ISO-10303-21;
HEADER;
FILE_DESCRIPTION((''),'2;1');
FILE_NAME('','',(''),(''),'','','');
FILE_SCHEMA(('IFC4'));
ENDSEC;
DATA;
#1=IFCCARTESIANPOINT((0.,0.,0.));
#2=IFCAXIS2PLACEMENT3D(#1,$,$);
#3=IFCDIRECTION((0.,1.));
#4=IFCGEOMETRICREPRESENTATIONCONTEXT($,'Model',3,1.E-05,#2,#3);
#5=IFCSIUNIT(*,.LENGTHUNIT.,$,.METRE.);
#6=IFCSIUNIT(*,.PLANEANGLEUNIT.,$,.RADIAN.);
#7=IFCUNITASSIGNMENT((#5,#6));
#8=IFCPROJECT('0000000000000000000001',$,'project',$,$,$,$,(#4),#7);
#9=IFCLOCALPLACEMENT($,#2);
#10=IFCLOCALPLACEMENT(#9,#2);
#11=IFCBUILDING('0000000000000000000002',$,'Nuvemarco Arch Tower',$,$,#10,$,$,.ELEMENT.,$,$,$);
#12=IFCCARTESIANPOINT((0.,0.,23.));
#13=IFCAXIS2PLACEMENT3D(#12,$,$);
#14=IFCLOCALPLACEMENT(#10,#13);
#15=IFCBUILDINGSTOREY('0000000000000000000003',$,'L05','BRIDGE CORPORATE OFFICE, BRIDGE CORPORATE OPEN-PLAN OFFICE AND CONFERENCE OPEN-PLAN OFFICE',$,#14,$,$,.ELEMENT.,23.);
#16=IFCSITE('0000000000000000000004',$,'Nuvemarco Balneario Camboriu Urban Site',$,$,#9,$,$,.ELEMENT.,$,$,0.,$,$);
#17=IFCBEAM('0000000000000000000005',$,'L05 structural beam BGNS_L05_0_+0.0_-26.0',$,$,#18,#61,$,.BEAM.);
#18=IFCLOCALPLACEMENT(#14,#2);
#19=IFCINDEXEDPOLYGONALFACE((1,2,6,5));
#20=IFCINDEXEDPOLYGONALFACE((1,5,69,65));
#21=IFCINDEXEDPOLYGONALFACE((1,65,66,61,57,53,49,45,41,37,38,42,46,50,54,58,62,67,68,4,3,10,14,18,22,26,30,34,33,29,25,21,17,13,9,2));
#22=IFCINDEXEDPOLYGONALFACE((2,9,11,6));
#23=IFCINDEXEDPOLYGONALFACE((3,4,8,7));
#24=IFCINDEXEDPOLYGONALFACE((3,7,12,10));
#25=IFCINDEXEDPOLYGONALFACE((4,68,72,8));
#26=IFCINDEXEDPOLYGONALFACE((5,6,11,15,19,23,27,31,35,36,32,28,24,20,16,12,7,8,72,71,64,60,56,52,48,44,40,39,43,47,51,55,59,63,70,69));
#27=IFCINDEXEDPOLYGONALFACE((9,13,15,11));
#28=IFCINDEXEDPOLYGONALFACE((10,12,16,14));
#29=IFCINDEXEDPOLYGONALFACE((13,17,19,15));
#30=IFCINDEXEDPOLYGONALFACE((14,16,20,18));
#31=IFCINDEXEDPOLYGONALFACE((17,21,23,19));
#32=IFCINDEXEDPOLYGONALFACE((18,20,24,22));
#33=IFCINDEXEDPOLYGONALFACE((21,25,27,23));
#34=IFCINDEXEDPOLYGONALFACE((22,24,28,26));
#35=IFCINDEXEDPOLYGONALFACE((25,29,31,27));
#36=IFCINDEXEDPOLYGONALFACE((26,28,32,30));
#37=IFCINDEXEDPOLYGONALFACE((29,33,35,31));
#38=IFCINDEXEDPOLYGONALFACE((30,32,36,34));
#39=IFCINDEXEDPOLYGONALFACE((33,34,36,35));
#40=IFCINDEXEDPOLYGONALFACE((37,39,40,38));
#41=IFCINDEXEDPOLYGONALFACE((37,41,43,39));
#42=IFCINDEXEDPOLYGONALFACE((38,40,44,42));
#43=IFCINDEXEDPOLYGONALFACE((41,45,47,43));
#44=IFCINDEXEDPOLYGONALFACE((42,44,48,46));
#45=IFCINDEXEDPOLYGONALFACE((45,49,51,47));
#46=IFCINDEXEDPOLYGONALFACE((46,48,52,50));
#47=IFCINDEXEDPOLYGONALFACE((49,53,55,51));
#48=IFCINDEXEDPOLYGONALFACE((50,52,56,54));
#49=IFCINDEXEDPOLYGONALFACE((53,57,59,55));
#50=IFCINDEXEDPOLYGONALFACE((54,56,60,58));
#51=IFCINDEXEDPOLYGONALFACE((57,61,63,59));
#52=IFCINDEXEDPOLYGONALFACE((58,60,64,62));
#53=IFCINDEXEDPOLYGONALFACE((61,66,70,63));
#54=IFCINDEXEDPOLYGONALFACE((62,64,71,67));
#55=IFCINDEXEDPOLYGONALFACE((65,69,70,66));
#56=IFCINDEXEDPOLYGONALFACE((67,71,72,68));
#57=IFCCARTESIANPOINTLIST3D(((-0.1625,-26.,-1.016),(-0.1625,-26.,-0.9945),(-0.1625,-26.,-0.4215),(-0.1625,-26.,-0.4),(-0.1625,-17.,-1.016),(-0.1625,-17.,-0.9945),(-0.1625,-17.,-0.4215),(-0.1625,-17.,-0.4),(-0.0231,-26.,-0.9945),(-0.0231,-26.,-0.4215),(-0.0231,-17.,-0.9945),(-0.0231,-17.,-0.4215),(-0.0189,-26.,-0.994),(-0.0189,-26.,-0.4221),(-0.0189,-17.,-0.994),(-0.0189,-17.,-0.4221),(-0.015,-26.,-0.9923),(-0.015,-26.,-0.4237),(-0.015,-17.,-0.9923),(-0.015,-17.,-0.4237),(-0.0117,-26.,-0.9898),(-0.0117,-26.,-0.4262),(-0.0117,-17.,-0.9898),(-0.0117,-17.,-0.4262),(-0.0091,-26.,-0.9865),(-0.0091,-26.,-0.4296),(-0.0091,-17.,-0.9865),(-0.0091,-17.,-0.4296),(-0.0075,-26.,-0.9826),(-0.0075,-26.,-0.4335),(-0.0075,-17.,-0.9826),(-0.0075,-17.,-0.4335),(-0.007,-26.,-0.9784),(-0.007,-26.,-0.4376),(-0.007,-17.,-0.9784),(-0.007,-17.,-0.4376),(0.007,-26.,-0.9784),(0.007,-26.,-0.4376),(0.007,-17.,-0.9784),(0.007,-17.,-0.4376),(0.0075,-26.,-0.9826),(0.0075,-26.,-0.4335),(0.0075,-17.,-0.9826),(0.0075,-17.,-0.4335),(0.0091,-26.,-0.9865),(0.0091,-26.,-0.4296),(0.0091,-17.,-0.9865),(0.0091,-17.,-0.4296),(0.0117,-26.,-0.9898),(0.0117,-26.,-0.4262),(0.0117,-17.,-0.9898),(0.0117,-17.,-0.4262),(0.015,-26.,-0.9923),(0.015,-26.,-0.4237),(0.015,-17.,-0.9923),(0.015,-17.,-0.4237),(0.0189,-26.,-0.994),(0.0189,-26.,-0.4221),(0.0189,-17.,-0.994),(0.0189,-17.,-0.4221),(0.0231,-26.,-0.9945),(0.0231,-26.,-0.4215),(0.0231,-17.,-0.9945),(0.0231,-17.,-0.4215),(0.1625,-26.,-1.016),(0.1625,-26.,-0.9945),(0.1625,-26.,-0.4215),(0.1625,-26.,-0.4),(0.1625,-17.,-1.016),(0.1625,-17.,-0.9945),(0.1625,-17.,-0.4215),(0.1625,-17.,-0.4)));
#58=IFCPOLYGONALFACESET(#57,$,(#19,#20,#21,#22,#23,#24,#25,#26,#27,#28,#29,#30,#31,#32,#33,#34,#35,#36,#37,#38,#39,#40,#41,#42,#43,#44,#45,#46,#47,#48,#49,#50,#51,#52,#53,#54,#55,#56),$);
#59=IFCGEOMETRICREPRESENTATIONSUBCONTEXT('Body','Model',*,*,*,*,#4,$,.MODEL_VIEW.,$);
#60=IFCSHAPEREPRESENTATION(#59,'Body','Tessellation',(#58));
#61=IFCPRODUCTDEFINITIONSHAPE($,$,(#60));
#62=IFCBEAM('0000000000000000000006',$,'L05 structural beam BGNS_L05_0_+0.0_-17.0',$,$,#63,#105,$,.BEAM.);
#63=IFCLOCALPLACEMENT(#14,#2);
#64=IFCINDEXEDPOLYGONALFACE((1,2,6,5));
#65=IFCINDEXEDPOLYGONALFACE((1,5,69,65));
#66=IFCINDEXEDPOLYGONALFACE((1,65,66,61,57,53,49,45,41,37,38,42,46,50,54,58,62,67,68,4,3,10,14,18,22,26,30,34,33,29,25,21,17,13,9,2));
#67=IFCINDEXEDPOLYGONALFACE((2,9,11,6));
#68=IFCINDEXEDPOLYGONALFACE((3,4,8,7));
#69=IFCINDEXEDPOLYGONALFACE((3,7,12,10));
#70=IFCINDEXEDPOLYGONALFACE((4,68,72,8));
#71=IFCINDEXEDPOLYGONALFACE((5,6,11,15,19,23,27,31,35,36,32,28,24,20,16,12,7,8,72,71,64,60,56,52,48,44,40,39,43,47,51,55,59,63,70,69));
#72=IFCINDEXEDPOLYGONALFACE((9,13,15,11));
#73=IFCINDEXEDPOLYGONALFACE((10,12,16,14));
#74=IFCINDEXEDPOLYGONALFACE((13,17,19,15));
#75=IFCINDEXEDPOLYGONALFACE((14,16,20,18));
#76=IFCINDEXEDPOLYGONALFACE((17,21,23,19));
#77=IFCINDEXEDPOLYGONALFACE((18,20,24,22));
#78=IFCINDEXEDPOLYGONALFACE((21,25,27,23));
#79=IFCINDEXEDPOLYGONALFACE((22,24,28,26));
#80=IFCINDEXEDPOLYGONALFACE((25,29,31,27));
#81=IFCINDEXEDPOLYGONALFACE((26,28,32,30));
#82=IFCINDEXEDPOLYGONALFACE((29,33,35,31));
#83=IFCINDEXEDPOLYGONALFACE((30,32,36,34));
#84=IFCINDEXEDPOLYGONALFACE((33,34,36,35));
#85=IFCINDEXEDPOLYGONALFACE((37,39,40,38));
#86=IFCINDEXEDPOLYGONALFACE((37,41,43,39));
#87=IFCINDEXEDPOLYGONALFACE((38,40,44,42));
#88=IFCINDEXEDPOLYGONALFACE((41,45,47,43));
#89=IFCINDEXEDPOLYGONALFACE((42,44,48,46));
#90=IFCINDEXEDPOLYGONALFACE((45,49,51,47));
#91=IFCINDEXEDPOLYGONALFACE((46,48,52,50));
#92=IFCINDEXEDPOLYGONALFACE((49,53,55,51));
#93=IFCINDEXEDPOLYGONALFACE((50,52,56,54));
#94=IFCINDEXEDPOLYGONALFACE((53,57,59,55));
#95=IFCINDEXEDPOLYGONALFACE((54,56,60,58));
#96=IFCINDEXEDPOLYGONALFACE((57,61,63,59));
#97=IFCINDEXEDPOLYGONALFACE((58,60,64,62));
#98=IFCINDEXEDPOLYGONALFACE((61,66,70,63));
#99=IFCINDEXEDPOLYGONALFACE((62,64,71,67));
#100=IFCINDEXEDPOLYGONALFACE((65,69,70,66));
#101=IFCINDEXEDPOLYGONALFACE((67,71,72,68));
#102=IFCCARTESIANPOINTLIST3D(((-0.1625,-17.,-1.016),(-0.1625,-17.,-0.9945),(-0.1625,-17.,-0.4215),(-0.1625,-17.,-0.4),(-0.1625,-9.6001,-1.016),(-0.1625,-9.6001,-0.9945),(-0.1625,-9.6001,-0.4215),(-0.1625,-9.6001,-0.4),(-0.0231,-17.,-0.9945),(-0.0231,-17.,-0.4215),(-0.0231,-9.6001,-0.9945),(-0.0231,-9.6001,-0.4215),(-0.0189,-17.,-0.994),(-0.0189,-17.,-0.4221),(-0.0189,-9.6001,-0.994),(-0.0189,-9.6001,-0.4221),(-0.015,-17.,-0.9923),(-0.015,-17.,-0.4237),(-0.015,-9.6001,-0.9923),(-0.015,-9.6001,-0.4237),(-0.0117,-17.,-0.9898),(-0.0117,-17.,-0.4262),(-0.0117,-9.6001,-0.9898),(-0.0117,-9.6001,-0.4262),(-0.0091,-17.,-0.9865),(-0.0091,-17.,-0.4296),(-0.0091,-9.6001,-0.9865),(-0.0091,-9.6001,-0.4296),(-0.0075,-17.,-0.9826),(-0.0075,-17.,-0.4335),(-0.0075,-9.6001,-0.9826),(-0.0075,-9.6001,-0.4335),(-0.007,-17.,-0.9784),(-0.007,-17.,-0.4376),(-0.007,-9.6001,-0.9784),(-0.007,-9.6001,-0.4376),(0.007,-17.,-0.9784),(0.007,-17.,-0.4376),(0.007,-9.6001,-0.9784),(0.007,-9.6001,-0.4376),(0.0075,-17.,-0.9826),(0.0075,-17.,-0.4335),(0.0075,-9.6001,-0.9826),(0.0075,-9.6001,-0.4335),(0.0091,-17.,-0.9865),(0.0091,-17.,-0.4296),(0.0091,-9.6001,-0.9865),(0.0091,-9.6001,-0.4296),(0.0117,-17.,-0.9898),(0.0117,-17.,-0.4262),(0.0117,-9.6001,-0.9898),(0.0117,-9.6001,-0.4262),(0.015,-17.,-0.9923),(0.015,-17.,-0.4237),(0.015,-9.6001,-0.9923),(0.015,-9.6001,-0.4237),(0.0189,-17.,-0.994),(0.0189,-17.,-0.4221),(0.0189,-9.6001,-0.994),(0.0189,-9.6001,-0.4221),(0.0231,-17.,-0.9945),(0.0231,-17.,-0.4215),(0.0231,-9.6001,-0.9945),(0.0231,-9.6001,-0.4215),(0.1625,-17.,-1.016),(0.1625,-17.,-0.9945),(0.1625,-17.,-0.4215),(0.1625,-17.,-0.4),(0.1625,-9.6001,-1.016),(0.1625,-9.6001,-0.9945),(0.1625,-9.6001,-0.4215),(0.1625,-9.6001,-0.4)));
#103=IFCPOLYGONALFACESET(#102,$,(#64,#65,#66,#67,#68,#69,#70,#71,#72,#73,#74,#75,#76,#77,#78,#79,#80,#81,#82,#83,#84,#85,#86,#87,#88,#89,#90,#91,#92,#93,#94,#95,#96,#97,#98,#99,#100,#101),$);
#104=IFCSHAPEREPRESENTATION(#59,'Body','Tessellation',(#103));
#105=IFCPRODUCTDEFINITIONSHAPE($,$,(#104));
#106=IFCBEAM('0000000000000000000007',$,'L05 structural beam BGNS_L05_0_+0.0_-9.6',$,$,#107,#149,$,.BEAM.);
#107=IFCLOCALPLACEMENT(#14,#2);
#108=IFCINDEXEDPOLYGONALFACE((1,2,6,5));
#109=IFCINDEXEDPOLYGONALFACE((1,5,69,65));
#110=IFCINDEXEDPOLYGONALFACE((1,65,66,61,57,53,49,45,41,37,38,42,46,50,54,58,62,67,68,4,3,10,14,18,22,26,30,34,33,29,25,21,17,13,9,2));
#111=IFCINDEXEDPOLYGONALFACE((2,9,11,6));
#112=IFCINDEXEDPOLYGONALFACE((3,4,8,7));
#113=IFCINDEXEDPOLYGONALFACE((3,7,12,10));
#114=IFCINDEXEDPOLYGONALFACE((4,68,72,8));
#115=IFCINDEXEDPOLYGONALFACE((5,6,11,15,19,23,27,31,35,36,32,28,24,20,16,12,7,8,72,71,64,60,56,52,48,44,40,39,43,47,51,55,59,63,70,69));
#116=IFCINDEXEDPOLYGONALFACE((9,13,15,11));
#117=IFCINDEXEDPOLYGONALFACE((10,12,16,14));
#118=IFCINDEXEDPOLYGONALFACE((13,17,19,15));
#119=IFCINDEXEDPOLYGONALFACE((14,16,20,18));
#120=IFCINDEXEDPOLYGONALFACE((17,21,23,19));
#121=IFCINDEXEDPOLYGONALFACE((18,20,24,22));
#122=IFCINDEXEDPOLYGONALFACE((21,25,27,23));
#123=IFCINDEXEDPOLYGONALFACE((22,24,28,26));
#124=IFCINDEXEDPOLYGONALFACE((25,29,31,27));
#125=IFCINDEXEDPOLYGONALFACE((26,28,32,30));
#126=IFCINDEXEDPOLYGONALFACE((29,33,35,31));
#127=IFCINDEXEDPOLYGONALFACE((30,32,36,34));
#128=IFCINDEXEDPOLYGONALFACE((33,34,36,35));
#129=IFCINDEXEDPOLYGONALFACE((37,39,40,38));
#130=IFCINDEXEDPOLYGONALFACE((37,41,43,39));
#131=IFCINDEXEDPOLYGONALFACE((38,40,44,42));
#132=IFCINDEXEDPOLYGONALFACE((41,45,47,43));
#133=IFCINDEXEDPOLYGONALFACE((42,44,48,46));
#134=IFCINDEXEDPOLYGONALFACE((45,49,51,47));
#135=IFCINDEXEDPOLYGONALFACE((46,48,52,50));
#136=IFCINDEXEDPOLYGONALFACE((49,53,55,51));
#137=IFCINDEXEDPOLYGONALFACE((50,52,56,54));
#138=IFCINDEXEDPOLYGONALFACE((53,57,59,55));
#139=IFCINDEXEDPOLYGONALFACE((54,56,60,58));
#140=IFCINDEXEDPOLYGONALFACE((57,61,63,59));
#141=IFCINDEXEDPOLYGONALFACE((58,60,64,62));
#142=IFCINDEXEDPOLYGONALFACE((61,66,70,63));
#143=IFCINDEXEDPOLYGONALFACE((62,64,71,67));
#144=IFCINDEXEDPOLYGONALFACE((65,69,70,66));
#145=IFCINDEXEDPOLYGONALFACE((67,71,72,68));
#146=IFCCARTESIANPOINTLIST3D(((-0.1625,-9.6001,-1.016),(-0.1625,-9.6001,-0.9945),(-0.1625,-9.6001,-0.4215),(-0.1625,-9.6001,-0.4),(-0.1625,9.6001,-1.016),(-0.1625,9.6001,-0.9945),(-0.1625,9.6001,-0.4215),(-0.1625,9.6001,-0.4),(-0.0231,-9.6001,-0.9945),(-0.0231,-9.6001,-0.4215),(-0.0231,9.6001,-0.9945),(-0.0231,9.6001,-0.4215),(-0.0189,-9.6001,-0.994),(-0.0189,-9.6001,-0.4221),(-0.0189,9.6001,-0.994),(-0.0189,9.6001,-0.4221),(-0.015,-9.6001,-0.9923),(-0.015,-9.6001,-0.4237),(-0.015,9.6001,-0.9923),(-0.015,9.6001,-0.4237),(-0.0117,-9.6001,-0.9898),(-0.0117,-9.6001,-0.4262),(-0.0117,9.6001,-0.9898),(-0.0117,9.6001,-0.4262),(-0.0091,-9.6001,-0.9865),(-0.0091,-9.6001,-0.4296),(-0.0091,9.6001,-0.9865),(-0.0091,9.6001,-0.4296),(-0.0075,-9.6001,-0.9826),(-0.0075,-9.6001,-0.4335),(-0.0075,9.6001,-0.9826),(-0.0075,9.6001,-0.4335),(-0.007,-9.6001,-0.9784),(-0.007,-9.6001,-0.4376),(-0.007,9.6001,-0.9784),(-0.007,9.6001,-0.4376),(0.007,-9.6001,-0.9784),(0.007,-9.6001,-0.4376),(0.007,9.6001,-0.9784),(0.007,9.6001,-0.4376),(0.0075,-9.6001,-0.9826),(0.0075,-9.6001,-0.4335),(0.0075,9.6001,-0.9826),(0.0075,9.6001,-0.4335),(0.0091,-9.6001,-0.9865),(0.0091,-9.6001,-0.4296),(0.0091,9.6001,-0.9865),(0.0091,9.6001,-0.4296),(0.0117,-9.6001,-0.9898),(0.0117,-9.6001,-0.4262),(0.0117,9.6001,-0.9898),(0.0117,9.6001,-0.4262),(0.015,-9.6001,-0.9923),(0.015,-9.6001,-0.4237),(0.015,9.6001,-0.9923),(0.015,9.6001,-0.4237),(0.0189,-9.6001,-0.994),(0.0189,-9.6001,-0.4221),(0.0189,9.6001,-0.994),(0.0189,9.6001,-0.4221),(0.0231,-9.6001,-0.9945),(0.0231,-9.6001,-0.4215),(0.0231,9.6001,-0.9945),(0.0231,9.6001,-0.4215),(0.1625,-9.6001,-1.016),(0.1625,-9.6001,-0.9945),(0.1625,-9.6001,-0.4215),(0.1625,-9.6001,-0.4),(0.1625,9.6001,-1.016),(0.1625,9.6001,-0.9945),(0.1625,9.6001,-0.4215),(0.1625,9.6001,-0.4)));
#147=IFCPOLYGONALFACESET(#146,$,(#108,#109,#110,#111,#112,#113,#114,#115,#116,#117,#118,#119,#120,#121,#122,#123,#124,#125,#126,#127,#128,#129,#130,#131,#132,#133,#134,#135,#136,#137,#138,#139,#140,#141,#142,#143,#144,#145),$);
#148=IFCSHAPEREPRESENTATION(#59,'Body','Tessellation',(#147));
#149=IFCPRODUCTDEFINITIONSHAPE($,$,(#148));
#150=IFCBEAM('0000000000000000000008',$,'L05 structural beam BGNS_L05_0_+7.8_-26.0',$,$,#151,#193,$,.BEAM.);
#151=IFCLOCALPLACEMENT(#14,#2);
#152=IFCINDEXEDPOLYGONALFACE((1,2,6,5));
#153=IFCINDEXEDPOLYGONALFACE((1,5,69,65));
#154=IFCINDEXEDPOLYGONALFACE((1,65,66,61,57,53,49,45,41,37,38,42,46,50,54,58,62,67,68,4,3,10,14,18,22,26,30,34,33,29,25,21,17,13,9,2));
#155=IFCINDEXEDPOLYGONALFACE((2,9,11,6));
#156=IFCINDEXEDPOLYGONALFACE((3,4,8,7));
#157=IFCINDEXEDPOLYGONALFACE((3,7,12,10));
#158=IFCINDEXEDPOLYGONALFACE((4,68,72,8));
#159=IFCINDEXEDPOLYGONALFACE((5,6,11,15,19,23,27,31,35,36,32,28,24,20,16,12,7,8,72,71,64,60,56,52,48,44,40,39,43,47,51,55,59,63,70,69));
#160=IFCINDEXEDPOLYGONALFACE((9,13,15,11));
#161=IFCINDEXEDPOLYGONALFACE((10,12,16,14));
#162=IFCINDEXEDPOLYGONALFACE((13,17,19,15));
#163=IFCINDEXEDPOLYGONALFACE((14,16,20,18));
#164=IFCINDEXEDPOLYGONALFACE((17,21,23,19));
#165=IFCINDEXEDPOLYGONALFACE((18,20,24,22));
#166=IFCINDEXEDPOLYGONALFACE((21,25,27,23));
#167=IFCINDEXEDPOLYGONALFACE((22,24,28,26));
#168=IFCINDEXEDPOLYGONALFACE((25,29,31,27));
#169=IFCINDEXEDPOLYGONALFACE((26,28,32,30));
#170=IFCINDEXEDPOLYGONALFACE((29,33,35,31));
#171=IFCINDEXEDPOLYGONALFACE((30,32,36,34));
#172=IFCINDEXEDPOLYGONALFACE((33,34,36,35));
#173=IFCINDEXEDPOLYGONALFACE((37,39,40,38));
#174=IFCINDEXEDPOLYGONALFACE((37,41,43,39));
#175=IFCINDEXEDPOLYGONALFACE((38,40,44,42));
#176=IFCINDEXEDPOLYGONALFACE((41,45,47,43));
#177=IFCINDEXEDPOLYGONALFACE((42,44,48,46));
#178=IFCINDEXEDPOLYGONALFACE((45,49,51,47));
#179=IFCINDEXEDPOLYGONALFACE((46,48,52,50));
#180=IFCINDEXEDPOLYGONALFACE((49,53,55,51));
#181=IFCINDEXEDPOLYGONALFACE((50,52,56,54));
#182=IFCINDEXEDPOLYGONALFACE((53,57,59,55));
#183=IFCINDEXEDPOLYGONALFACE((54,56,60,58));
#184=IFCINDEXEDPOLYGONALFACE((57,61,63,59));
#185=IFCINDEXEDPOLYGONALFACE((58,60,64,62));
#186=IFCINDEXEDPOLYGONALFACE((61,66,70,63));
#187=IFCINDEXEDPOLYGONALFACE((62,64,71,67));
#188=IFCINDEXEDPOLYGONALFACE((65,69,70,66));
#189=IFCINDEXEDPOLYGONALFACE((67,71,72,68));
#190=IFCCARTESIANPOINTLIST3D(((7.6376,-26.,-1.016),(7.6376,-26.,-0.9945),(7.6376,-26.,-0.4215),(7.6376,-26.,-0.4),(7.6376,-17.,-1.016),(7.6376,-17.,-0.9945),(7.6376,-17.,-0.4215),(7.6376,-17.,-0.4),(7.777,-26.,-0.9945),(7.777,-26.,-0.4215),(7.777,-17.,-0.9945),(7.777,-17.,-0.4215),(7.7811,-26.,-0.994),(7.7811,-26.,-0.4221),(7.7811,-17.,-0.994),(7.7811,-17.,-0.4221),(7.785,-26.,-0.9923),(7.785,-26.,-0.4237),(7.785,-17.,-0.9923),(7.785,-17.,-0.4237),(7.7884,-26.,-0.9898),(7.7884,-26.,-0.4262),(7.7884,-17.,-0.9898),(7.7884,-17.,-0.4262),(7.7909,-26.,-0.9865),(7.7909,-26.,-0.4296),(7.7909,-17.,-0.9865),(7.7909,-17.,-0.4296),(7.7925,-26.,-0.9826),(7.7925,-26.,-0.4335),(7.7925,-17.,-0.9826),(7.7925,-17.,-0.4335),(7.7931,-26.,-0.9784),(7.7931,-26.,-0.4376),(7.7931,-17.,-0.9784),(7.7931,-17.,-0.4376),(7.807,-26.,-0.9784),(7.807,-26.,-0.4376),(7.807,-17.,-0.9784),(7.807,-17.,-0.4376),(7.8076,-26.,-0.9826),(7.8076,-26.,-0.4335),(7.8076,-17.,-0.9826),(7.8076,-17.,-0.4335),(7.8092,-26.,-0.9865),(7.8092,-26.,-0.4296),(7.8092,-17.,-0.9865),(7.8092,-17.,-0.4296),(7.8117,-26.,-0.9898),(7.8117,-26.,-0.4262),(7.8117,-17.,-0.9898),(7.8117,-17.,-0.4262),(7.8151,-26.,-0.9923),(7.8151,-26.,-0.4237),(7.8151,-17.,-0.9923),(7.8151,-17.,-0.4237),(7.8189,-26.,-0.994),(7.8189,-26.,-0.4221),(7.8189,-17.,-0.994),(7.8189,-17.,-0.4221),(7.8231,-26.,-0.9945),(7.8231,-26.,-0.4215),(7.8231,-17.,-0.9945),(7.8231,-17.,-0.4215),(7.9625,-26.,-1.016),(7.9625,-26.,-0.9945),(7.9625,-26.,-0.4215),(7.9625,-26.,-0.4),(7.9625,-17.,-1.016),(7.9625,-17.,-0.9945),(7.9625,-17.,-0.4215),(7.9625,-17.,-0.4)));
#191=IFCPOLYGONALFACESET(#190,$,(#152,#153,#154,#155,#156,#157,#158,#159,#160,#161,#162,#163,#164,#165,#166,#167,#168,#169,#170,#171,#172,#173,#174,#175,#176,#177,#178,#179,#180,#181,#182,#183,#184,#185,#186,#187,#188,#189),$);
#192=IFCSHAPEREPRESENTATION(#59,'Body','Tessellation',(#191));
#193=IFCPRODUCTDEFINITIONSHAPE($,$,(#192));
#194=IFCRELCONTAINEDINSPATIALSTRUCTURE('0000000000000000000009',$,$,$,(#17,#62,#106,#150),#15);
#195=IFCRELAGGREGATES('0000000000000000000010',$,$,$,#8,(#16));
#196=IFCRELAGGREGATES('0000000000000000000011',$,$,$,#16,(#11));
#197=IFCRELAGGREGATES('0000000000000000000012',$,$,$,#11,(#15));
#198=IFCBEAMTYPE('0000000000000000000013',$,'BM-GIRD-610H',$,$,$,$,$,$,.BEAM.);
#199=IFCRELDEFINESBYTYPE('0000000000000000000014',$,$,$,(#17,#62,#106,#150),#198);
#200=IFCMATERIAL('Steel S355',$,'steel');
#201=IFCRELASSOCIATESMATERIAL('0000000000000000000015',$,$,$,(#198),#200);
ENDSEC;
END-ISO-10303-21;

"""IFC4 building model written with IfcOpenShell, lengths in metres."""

from ifc_helpers import new_model, si_unit, direction, frame, origin, origin_2d, place, context, subcontext, project, spatial, i_section, extrude, material, material_profile, profile_set, type_object, element, save


model = new_model("IFC4")

# Units and contexts
model_context = context("Model", 3, precision=1e-05, world=origin(), true_north=direction((0.0, 1.0)))
body_context = subcontext(model_context, "Body", "Model", "MODEL_VIEW")
ifc_project = project(units=[si_unit("LENGTHUNIT", "METRE"), si_unit("PLANEANGLEUNIT", "RADIAN")], contexts=[model_context])

# Site, building, storey
site_placement = place(None, origin())
site = spatial("IfcSite", under=ifc_project, at=site_placement, Name="Nuvemarco Balneario Camboriu Urban Site", CompositionType="ELEMENT", RefElevation=0.0)
building_placement = place(site_placement, origin())
building = spatial("IfcBuilding", under=site, at=building_placement, Name="Nuvemarco Arch Tower", CompositionType="ELEMENT")
storey_placement = place(building_placement, frame((0.0, 0.0, 23.0)))
storey = spatial("IfcBuildingStorey", under=building, at=storey_placement, Name="L05", Description="BRIDGE CORPORATE OFFICE, BRIDGE CORPORATE OPEN-PLAN OFFICE AND CONFERENCE OPEN-PLAN OFFICE", CompositionType="ELEMENT", Elevation=23.0)

# Shared definitions
ifc_material_1 = material(Name="Steel S355", Category="steel")

# Beams
ifc_material_profile_1 = material_profile(ifc_material_1, i_section(OverallWidth=0.325, OverallDepth=0.616, WebThickness=0.0139, FlangeThickness=0.0215, FilletRadius=0.0161, at=origin_2d()), Name="W610x174")
ifc_profile_set_1 = profile_set([ifc_material_profile_1], Name="Steel S355")
beam_type_1 = type_object("IfcBeamType", Name="BM-GIRD-610H", PredefinedType="BEAM", material=ifc_profile_set_1)
beam_1_placement = place(storey_placement, frame((0.0, -26.0, -0.708), z_axis=(0.0, 1.0, 0.0), x_axis=(-1.0, 0.0, 0.0)))
element("IfcBeam", 1, at=beam_1_placement, inside=storey, type_object=beam_type_1, Name="L05 structural beam BGNS_L05_0_+0.0_-26.0", PredefinedType="BEAM", context=body_context, shape_type="SweptSolid", body=[
    extrude(i_section(OverallWidth=0.325, OverallDepth=0.616, WebThickness=0.0139, FlangeThickness=0.0215, FilletRadius=0.0161, at=origin_2d()), origin(), (0.0, 0.0, 1.0), 9.0),
])
beam_2_placement = place(storey_placement, frame((0.0, -17.0, -0.708), z_axis=(0.0, 1.0, 0.0), x_axis=(-1.0, 0.0, 0.0)))
element("IfcBeam", 2, at=beam_2_placement, inside=storey, type_object=beam_type_1, Name="L05 structural beam BGNS_L05_0_+0.0_-17.0", PredefinedType="BEAM", context=body_context, shape_type="SweptSolid", body=[
    extrude(i_section(OverallWidth=0.325, OverallDepth=0.616, WebThickness=0.0139, FlangeThickness=0.0215, FilletRadius=0.0161, at=origin_2d()), origin(), (0.0, 0.0, 1.0), 7.3999),
])
beam_3_placement = place(storey_placement, frame((0.0, -9.6001, -0.708), z_axis=(0.0, 1.0, 0.0), x_axis=(-1.0, 0.0, 0.0)))
element("IfcBeam", 3, at=beam_3_placement, inside=storey, type_object=beam_type_1, Name="L05 structural beam BGNS_L05_0_+0.0_-9.6", PredefinedType="BEAM", context=body_context, shape_type="SweptSolid", body=[
    extrude(i_section(OverallWidth=0.325, OverallDepth=0.616, WebThickness=0.0139, FlangeThickness=0.0215, FilletRadius=0.0161, at=origin_2d()), origin(), (0.0, 0.0, 1.0), 19.2002),
])
beam_4_placement = place(storey_placement, frame((7.8, -26.0, -0.708), z_axis=(0.0, 1.0, 0.0), x_axis=(-1.0, 0.0, 0.0)))
element("IfcBeam", 4, at=beam_4_placement, inside=storey, type_object=beam_type_1, Name="L05 structural beam BGNS_L05_0_+7.8_-26.0", PredefinedType="BEAM", context=body_context, shape_type="SweptSolid", body=[
    extrude(i_section(OverallWidth=0.325, OverallDepth=0.616, WebThickness=0.0139, FlangeThickness=0.0215, FilletRadius=0.0161, at=origin_2d()), origin(), (0.0, 0.0, 1.0), 9.0),
])

save(model, "model.ifc")
